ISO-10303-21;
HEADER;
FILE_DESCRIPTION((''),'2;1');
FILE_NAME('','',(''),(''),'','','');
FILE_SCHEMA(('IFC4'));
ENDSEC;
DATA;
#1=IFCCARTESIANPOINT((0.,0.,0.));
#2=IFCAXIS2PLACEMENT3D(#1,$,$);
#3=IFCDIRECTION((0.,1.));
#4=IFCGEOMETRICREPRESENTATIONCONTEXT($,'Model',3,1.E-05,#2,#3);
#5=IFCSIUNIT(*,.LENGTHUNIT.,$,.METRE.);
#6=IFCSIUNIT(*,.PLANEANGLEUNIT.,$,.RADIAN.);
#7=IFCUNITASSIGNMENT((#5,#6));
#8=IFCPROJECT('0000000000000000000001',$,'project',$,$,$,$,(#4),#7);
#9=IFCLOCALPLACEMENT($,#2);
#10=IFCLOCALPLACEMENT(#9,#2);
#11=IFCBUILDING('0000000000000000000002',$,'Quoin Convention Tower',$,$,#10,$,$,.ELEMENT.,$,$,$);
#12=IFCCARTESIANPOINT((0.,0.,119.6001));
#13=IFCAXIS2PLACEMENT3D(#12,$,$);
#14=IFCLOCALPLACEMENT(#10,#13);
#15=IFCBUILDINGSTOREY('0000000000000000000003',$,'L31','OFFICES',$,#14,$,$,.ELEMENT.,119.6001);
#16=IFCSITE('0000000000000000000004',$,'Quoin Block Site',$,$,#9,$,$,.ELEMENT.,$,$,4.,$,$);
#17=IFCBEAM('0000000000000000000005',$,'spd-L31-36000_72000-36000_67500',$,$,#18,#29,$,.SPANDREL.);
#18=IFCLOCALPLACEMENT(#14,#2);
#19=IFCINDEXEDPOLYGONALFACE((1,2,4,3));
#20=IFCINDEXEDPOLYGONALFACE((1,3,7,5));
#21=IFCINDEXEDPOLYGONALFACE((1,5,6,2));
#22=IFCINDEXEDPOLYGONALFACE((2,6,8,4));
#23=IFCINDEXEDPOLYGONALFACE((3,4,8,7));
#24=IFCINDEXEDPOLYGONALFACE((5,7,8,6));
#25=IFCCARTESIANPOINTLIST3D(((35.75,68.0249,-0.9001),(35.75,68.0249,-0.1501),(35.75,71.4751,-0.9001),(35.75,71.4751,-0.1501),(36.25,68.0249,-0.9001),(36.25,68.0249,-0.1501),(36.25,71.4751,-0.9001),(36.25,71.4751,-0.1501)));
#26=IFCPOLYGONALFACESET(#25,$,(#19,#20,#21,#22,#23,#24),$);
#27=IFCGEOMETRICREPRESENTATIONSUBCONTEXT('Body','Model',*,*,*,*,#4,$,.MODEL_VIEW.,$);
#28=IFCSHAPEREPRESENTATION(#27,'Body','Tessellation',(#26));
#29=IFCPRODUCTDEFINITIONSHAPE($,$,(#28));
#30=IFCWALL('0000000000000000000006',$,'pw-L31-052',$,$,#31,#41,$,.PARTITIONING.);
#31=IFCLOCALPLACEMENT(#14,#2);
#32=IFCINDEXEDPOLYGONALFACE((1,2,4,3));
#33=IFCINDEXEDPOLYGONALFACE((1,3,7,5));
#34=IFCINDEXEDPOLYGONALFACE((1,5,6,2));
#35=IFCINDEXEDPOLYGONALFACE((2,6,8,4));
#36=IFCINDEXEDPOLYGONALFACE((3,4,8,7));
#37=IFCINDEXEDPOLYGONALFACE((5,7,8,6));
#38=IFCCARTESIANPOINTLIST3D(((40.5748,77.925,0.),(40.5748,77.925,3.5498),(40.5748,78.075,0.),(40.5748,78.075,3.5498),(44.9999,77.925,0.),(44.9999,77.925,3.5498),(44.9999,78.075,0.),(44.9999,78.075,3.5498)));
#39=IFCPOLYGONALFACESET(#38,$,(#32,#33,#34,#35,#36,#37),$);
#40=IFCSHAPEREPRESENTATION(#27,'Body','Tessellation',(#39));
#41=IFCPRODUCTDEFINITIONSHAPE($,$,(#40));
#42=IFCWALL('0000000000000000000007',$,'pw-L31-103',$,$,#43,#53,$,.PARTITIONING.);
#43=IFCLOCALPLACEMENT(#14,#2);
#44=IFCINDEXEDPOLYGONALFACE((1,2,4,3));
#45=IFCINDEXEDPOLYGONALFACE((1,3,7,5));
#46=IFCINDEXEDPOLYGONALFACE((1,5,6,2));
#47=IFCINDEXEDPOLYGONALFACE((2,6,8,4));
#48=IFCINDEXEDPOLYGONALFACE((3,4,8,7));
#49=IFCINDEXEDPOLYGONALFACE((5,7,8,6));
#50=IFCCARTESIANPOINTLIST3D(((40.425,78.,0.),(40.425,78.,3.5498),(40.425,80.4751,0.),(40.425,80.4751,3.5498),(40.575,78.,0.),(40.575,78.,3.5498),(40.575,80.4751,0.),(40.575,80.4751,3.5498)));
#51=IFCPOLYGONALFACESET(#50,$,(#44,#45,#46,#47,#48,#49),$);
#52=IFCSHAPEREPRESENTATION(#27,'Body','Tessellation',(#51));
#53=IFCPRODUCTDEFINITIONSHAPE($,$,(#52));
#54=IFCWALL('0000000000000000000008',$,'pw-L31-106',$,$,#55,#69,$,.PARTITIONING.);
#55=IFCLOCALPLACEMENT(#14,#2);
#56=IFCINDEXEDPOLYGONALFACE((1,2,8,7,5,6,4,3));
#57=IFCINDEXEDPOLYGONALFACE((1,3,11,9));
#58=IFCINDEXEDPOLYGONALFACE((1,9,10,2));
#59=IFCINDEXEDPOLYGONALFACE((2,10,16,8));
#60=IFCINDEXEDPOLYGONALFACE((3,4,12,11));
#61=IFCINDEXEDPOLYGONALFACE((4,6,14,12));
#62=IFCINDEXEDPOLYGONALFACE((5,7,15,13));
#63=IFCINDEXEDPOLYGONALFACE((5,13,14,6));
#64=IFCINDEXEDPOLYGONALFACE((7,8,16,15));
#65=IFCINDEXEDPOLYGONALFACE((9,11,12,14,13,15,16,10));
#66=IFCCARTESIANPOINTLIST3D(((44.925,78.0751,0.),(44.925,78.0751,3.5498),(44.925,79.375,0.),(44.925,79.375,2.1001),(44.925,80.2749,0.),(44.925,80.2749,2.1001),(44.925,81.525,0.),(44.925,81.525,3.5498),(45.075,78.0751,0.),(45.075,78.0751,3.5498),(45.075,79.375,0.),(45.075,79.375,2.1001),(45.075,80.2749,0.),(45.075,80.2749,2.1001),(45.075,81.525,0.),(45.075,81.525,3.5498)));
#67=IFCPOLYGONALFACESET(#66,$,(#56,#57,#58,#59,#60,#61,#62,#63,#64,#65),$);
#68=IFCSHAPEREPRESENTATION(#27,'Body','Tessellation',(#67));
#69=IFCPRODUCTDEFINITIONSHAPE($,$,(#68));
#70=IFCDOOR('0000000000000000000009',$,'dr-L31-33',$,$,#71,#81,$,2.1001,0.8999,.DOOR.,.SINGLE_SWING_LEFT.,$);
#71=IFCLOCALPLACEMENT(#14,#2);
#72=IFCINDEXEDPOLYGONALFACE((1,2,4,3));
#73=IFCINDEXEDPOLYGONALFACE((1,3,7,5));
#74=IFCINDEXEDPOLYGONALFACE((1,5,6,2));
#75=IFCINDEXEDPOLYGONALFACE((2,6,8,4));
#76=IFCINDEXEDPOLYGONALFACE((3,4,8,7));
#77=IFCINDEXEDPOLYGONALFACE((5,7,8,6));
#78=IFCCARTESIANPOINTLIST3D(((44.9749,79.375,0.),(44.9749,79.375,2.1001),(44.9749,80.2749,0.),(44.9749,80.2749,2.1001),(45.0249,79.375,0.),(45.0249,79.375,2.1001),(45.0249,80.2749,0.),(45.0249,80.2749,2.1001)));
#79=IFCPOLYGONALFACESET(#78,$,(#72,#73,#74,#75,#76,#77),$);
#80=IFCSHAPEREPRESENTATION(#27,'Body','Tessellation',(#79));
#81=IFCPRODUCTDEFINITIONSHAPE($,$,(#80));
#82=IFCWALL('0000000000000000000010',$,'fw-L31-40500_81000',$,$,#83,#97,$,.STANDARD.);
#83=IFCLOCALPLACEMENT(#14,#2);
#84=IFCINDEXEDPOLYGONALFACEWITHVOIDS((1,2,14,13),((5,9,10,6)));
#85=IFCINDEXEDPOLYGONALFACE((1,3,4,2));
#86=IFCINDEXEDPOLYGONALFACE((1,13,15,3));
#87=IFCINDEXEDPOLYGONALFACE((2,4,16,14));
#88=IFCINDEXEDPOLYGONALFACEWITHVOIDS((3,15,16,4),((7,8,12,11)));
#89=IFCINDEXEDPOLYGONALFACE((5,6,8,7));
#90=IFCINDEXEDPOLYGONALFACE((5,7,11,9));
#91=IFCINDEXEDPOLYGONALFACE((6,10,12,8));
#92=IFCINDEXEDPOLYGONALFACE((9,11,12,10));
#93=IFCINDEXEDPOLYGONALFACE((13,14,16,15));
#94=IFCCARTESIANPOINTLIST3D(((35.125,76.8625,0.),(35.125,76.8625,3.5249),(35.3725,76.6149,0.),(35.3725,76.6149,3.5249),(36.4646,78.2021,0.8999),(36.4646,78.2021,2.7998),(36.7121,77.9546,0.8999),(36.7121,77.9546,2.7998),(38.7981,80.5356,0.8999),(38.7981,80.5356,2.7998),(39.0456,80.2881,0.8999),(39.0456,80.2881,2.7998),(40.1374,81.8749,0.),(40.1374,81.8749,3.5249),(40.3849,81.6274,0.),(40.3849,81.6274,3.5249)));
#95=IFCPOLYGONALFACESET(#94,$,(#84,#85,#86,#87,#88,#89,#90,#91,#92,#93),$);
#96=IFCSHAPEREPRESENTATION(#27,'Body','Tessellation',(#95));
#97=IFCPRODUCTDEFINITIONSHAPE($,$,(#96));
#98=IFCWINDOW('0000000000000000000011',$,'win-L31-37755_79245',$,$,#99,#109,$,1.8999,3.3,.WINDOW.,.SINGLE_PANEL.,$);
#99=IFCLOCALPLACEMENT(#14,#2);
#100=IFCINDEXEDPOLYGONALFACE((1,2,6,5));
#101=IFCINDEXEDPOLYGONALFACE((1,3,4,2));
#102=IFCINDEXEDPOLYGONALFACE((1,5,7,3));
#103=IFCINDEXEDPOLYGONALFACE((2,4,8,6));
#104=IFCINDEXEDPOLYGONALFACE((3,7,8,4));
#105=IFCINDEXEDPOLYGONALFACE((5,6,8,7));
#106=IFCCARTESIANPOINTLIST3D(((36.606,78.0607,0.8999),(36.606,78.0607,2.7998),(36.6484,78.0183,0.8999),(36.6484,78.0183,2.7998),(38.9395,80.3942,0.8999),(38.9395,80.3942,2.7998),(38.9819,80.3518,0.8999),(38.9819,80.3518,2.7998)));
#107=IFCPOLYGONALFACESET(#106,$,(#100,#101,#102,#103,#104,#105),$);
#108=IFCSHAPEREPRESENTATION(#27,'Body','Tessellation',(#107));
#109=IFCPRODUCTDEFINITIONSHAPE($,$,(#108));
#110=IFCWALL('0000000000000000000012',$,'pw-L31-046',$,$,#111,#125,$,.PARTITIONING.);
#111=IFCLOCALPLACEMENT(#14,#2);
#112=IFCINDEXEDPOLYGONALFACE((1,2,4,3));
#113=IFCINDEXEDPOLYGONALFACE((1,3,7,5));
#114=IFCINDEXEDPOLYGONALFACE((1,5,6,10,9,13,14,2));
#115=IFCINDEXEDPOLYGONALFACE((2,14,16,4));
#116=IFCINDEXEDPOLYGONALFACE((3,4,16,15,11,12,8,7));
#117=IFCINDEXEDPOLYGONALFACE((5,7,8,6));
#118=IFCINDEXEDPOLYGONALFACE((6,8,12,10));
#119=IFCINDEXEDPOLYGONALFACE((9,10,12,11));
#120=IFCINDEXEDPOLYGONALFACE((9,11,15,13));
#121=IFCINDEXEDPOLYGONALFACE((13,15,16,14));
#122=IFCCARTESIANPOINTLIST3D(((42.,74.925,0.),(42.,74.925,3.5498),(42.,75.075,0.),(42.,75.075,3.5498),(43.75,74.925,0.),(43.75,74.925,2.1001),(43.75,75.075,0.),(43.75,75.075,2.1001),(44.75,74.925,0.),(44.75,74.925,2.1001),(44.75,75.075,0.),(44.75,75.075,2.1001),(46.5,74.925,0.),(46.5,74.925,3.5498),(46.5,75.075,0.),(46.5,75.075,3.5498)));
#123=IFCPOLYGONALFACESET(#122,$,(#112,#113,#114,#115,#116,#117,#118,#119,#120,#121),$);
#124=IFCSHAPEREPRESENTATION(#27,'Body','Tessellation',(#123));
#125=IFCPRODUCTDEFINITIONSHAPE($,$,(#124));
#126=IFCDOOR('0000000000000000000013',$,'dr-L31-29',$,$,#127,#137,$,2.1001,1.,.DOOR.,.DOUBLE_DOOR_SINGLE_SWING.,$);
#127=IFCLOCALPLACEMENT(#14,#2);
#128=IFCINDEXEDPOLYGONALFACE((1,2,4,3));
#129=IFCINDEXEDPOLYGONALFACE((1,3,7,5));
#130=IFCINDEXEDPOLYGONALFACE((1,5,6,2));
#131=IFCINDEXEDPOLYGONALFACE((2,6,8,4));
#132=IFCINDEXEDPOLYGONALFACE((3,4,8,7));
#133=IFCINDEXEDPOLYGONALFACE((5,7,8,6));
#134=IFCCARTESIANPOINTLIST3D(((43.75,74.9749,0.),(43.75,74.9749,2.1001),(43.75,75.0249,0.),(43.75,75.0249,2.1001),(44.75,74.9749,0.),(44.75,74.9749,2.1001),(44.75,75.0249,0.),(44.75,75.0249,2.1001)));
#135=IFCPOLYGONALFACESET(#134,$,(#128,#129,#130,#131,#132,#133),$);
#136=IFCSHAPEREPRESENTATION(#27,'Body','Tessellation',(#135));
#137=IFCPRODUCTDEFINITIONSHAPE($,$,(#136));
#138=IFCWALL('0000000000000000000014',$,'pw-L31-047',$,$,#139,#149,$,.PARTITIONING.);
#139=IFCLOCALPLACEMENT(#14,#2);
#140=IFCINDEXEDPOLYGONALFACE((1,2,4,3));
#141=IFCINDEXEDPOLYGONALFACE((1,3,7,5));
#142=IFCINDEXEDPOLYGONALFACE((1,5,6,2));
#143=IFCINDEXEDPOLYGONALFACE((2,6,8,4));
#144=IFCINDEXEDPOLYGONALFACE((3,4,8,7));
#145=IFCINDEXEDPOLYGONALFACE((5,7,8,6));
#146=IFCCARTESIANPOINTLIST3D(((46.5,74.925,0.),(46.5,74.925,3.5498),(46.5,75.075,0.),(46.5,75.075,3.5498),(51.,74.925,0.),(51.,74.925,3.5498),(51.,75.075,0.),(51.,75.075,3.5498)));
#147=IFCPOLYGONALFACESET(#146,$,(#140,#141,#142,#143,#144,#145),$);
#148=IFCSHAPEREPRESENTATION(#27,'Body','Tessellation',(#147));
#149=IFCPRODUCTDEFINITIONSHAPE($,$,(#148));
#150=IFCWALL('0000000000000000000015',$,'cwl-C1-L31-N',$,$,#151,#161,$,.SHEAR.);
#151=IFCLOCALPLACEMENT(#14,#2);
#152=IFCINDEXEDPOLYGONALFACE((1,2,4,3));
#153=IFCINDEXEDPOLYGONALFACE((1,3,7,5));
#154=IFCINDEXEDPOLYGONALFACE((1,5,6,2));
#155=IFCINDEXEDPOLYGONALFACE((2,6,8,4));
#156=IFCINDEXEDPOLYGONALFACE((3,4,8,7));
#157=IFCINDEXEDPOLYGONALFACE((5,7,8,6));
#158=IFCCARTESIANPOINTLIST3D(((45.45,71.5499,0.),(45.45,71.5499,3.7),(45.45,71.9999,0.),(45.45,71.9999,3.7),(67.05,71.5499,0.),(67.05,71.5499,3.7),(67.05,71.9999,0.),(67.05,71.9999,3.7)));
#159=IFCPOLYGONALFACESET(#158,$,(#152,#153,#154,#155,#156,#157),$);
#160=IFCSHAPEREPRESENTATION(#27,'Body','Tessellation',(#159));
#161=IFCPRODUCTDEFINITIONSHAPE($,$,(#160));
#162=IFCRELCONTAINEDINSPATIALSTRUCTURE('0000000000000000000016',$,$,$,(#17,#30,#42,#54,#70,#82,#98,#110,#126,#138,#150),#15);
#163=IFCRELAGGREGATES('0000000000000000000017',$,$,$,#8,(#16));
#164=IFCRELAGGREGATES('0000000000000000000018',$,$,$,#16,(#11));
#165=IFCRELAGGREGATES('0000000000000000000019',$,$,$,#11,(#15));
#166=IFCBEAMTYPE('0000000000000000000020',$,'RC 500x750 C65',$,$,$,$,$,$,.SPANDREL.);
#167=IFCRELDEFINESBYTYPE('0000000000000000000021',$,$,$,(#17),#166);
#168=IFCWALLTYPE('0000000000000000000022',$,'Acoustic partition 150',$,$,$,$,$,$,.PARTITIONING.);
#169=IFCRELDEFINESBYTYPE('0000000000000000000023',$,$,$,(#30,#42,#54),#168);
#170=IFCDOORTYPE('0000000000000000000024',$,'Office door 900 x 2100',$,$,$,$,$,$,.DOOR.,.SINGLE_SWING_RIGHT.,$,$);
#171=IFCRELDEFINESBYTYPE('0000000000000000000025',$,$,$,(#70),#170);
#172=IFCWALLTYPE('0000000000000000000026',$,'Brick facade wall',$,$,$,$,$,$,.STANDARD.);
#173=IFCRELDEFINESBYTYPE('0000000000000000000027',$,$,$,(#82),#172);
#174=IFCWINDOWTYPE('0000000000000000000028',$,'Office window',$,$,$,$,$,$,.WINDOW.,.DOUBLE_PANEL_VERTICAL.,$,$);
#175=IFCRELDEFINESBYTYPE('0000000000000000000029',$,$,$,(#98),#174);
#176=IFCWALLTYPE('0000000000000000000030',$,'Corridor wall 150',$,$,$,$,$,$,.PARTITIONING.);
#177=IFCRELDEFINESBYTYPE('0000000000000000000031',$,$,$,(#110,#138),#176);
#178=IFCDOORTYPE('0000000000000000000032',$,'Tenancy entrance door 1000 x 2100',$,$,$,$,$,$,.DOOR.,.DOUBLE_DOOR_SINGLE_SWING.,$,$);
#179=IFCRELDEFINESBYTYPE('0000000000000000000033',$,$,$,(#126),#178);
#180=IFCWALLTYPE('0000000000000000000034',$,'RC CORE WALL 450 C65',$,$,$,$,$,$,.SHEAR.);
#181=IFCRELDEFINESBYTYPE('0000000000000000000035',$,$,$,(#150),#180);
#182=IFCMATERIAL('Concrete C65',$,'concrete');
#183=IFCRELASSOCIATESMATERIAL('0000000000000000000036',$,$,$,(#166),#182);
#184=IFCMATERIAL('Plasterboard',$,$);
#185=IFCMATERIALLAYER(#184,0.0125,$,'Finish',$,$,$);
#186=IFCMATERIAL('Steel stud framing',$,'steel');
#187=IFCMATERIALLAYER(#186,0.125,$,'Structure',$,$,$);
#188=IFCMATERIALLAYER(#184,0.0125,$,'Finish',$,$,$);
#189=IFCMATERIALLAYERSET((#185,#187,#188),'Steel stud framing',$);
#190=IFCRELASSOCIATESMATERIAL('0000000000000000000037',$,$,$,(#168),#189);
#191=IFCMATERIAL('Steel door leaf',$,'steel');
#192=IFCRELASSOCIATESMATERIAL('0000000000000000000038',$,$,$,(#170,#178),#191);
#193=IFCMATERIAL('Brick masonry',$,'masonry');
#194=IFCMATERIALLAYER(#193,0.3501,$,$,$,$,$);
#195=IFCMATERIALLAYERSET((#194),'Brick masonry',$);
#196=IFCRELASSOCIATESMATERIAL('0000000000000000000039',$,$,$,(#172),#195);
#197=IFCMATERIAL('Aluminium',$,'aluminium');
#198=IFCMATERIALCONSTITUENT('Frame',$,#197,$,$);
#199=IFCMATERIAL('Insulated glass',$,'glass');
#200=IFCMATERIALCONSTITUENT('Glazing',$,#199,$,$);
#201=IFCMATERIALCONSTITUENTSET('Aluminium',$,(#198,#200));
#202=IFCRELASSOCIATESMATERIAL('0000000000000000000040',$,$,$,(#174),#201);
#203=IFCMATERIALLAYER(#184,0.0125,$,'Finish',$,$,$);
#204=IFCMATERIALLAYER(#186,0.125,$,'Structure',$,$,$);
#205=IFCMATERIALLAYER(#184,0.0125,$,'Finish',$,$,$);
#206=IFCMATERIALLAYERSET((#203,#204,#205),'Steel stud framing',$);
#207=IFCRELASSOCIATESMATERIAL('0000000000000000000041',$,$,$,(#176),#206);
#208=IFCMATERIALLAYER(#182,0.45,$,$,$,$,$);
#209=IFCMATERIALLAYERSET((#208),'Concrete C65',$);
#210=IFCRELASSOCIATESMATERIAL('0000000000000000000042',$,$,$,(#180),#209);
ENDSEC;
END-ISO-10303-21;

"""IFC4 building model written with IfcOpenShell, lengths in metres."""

from ifc_helpers import new_model, si_unit, direction, frame, frame_2d, origin, origin_2d, place, context, subcontext, project, spatial, rectangle, extrude, material, layer, layer_set, constituent, constituent_set, material_profile, profile_set, type_object, element, fill, save


model = new_model("IFC4")

# Units and contexts
model_context = context("Model", 3, precision=1e-05, world=origin(), true_north=direction((0.0, 1.0)))
body_context = subcontext(model_context, "Body", "Model", "MODEL_VIEW")
ifc_project = project(units=[si_unit("LENGTHUNIT", "METRE"), si_unit("PLANEANGLEUNIT", "RADIAN")], contexts=[model_context])

# Site, building, storey
site_placement = place(None, origin())
site = spatial("IfcSite", under=ifc_project, at=site_placement, Name="Quoin Block Site", CompositionType="ELEMENT", RefElevation=4.0)
building_placement = place(site_placement, origin())
building = spatial("IfcBuilding", under=site, at=building_placement, Name="Quoin Convention Tower", CompositionType="ELEMENT")
storey_placement = place(building_placement, frame((0.0, 0.0, 119.6001)))
storey = spatial("IfcBuildingStorey", under=building, at=storey_placement, Name="L31", Description="OFFICES", CompositionType="ELEMENT", Elevation=119.6001)

# Shared definitions
ifc_material_1 = material(Name="Concrete C65", Category="concrete")

# Beam
ifc_material_profile_1 = material_profile(ifc_material_1, rectangle(XDim=0.5, YDim=0.75, at=origin_2d()), Name="RC 500x750")
ifc_profile_set_1 = profile_set([ifc_material_profile_1], Name="Concrete C65")
beam_type_1 = type_object("IfcBeamType", Name="RC 500x750 C65", PredefinedType="SPANDREL", material=ifc_profile_set_1)
for number, where, z_axis, x_axis, name in (
    (1, (36.0, 71.4751, -0.5251), (0.0, -1.0, 0.0), (1.0, 0.0, 0.0), "spd-L31-36000_72000-36000_67500"),
):
    element("IfcBeam", number, at=place(storey_placement, frame(where, z_axis=z_axis, x_axis=x_axis)), inside=storey, type_object=beam_type_1, Name=name, PredefinedType="SPANDREL", context=body_context, shape_type="SweptSolid", body=[
        extrude(rectangle(XDim=0.5, YDim=0.75, at=origin_2d()), origin(), (0.0, 0.0, 1.0), 3.4502),
    ])

# Walls
ifc_material_2 = material(Name="Plasterboard")
ifc_layer_1 = layer(ifc_material_2, 0.0125, Name="Finish")
ifc_material_3 = material(Name="Steel stud framing", Category="steel")
ifc_layer_2 = layer(ifc_material_3, 0.125, Name="Structure")
ifc_layer_3 = layer(ifc_material_2, 0.0125, Name="Finish")
ifc_layer_set_1 = layer_set([ifc_layer_1, ifc_layer_2, ifc_layer_3], Name="Steel stud framing")
wall_type_1 = type_object("IfcWallType", Name="Acoustic partition 150", PredefinedType="PARTITIONING", material=ifc_layer_set_1)
wall_1_placement = place(storey_placement, frame((40.575, 78.0, 0.0), z_axis=(0.0, 0.0, 1.0), x_axis=(1.0, 0.0, 0.0)))
element("IfcWall", 2, at=wall_1_placement, inside=storey, type_object=wall_type_1, Name="pw-L31-052", PredefinedType="PARTITIONING", context=body_context, shape_type="SweptSolid", body=[
    extrude(rectangle(XDim=4.425, YDim=0.1499, at=frame_2d((2.2124, 0.0))), origin(), (0.0, 0.0, 1.0), 3.5498),
])
wall_2_placement = place(storey_placement, frame((40.5, 78.0, 0.0), z_axis=(0.0, 0.0, 1.0), x_axis=(0.0, 1.0, 0.0)))
element("IfcWall", 3, at=wall_2_placement, inside=storey, type_object=wall_type_1, Name="pw-L31-103", PredefinedType="PARTITIONING", context=body_context, shape_type="SweptSolid", body=[
    extrude(rectangle(XDim=2.4751, YDim=0.1499, at=frame_2d((1.2375, 0.0))), origin(), (0.0, 0.0, 1.0), 3.5498),
])

# Wall, opening, door
wall_3_placement = place(storey_placement, frame((45.0, 78.075, 0.0), z_axis=(0.0, 0.0, 1.0), x_axis=(0.0, 1.0, 0.0)))
wall_3 = element("IfcWall", 4, at=wall_3_placement, inside=storey, type_object=wall_type_1, Name="pw-L31-106", PredefinedType="PARTITIONING", context=body_context, shape_type="SweptSolid", body=[
    extrude(rectangle(XDim=3.45, YDim=0.1499, at=frame_2d((1.7251, 0.0))), origin(), (0.0, 0.0, 1.0), 3.5498),
])
opening_1_placement = place(wall_3_placement, frame((1.3, 0.0, 0.0)))
opening_1 = element("IfcOpeningElement", 5, at=opening_1_placement, cuts=wall_3, PredefinedType="OPENING", context=body_context, shape_type="SweptSolid", body=[
    extrude(rectangle(XDim=0.8999, YDim=2.1001, at=frame_2d((0.45, 1.05))), frame((0.0, 0.085, 0.0), z_axis=(0.0, -1.0, 0.0), x_axis=(1.0, 0.0, 0.0)), (0.0, 0.0, 1.0), 0.1699),
])
ifc_material_4 = material(Name="Steel door leaf", Category="steel")
door_type_1 = type_object("IfcDoorType", Name="Office door 900 x 2100", OperationType="SINGLE_SWING_RIGHT", PredefinedType="DOOR", material=ifc_material_4)
door_1_placement = place(opening_1_placement, frame((0.8999, 0.0, 0.0), z_axis=(0.0, 0.0, 1.0), x_axis=(-1.0, 0.0, 0.0)))
door_1 = element("IfcDoor", 6, at=door_1_placement, inside=storey, type_object=door_type_1, Name="dr-L31-33", OperationType="SINGLE_SWING_LEFT", OverallHeight=2.1001, OverallWidth=0.8999, PredefinedType="DOOR", context=body_context, shape_type="SweptSolid", body=[
    extrude(rectangle(XDim=0.8999, YDim=2.1001, at=frame_2d((0.45, 1.05))), frame((0.0, 0.0249, 0.0), z_axis=(0.0, -1.0, 0.0), x_axis=(1.0, 0.0, 0.0)), (0.0, 0.0, 1.0), 0.05),
])
fill(opening_1, door_1)

# Wall, opening, window
ifc_material_5 = material(Name="Brick masonry", Category="masonry")
ifc_layer_4 = layer(ifc_material_5, 0.3501)
ifc_layer_set_2 = layer_set([ifc_layer_4], Name="Brick masonry")
wall_type_2 = type_object("IfcWallType", Name="Brick facade wall", PredefinedType="STANDARD", material=ifc_layer_set_2)
wall_4_placement = place(storey_placement, frame((40.2612, 81.7512, 0.0), z_axis=(0.0, 0.0, 1.0), x_axis=(-0.707107, -0.707107, 0.0)))
wall_4 = element("IfcWall", 7, at=wall_4_placement, inside=storey, type_object=wall_type_2, Name="fw-L31-40500_81000", PredefinedType="STANDARD", context=body_context, shape_type="SweptSolid", body=[
    extrude(rectangle(XDim=7.0886, YDim=0.3501, at=frame_2d((3.5444, 0.0))), origin(), (0.0, 0.0, 1.0), 3.5249),
])
opening_2_placement = place(wall_4_placement, frame((1.8943, 0.0, 0.8999)))
opening_2 = element("IfcOpeningElement", 8, at=opening_2_placement, cuts=wall_4, PredefinedType="OPENING", context=body_context, shape_type="SweptSolid", body=[
    extrude(rectangle(XDim=3.3, YDim=1.8999, at=frame_2d((1.6499, 0.95))), frame((0.0, 0.1851, 0.0), z_axis=(0.0, -1.0, 0.0), x_axis=(1.0, 0.0, 0.0)), (0.0, 0.0, 1.0), 0.3701),
])
ifc_material_6 = material(Name="Aluminium", Category="aluminium")
ifc_constituent_1 = constituent(ifc_material_6, Name="Frame")
ifc_material_7 = material(Name="Insulated glass", Category="glass")
ifc_constituent_2 = constituent(ifc_material_7, Name="Glazing")
ifc_constituent_set = constituent_set(constituents=[ifc_constituent_1, ifc_constituent_2], Name="Aluminium")
window_type = type_object("IfcWindowType", Name="Office window", PartitioningType="DOUBLE_PANEL_VERTICAL", PredefinedType="WINDOW", material=ifc_constituent_set)
window_placement = place(opening_2_placement, origin())
window = element("IfcWindow", 9, at=window_placement, inside=storey, type_object=window_type, Name="win-L31-37755_79245", OverallHeight=1.8999, OverallWidth=3.3, PartitioningType="SINGLE_PANEL", PredefinedType="WINDOW", context=body_context, shape_type="SweptSolid", body=[
    extrude(rectangle(XDim=3.3, YDim=1.8999, at=frame_2d((1.6499, 0.95))), frame((0.0, 0.085, 0.0), z_axis=(0.0, -1.0, 0.0), x_axis=(1.0, 0.0, 0.0)), (0.0, 0.0, 1.0), 0.0601),
])
fill(opening_2, window)

# Wall, opening, door
ifc_layer_5 = layer(ifc_material_2, 0.0125, Name="Finish")
ifc_layer_6 = layer(ifc_material_3, 0.125, Name="Structure")
ifc_layer_7 = layer(ifc_material_2, 0.0125, Name="Finish")
ifc_layer_set_3 = layer_set([ifc_layer_5, ifc_layer_6, ifc_layer_7], Name="Steel stud framing")
wall_type_3 = type_object("IfcWallType", Name="Corridor wall 150", PredefinedType="PARTITIONING", material=ifc_layer_set_3)
wall_5_placement = place(storey_placement, frame((42.0, 75.0, 0.0), z_axis=(0.0, 0.0, 1.0), x_axis=(1.0, 0.0, 0.0)))
wall_5 = element("IfcWall", 10, at=wall_5_placement, inside=storey, type_object=wall_type_3, Name="pw-L31-046", PredefinedType="PARTITIONING", context=body_context, shape_type="SweptSolid", body=[
    extrude(rectangle(XDim=4.5, YDim=0.1499, at=frame_2d((2.25, 0.0))), origin(), (0.0, 0.0, 1.0), 3.5498),
])
opening_3_placement = place(wall_5_placement, frame((1.75, 0.0, 0.0)))
opening_3 = element("IfcOpeningElement", 11, at=opening_3_placement, cuts=wall_5, PredefinedType="OPENING", context=body_context, shape_type="SweptSolid", body=[
    extrude(rectangle(XDim=1.0, YDim=2.1001, at=frame_2d((0.5, 1.05))), frame((0.0, 0.085, 0.0), z_axis=(0.0, -1.0, 0.0), x_axis=(1.0, 0.0, 0.0)), (0.0, 0.0, 1.0), 0.1699),
])
door_type_2 = type_object("IfcDoorType", Name="Tenancy entrance door 1000 x 2100", OperationType="DOUBLE_DOOR_SINGLE_SWING", PredefinedType="DOOR", material=ifc_material_4)
door_2_placement = place(opening_3_placement, origin())
door_2 = element("IfcDoor", 12, at=door_2_placement, inside=storey, type_object=door_type_2, Name="dr-L31-29", OperationType="DOUBLE_DOOR_SINGLE_SWING", OverallHeight=2.1001, OverallWidth=1.0, PredefinedType="DOOR", context=body_context, shape_type="SweptSolid", body=[
    extrude(rectangle(XDim=1.0, YDim=2.1001, at=frame_2d((0.5, 1.05))), frame((0.0, 0.0249, 0.0), z_axis=(0.0, -1.0, 0.0), x_axis=(1.0, 0.0, 0.0)), (0.0, 0.0, 1.0), 0.05),
])
fill(opening_3, door_2)

# Walls
wall_6_placement = place(storey_placement, frame((46.5, 75.0, 0.0), z_axis=(0.0, 0.0, 1.0), x_axis=(1.0, 0.0, 0.0)))
element("IfcWall", 13, at=wall_6_placement, inside=storey, type_object=wall_type_3, Name="pw-L31-047", PredefinedType="PARTITIONING", context=body_context, shape_type="SweptSolid", body=[
    extrude(rectangle(XDim=4.5, YDim=0.1499, at=frame_2d((2.25, 0.0))), origin(), (0.0, 0.0, 1.0), 3.5498),
])
ifc_layer_8 = layer(ifc_material_1, 0.45)
ifc_layer_set_4 = layer_set([ifc_layer_8], Name="Concrete C65")
wall_type_4 = type_object("IfcWallType", Name="RC CORE WALL 450 C65", PredefinedType="SHEAR", material=ifc_layer_set_4)
wall_7_placement = place(storey_placement, frame((45.45, 71.7749, 0.0), z_axis=(0.0, 0.0, 1.0), x_axis=(1.0, 0.0, 0.0)))
element("IfcWall", 14, at=wall_7_placement, inside=storey, type_object=wall_type_4, Name="cwl-C1-L31-N", PredefinedType="SHEAR", context=body_context, shape_type="SweptSolid", body=[
    extrude(rectangle(XDim=21.6001, YDim=0.45, at=frame_2d((10.8, 0.0))), origin(), (0.0, 0.0, 1.0), 3.7),
])

save(model, "model.ifc")
